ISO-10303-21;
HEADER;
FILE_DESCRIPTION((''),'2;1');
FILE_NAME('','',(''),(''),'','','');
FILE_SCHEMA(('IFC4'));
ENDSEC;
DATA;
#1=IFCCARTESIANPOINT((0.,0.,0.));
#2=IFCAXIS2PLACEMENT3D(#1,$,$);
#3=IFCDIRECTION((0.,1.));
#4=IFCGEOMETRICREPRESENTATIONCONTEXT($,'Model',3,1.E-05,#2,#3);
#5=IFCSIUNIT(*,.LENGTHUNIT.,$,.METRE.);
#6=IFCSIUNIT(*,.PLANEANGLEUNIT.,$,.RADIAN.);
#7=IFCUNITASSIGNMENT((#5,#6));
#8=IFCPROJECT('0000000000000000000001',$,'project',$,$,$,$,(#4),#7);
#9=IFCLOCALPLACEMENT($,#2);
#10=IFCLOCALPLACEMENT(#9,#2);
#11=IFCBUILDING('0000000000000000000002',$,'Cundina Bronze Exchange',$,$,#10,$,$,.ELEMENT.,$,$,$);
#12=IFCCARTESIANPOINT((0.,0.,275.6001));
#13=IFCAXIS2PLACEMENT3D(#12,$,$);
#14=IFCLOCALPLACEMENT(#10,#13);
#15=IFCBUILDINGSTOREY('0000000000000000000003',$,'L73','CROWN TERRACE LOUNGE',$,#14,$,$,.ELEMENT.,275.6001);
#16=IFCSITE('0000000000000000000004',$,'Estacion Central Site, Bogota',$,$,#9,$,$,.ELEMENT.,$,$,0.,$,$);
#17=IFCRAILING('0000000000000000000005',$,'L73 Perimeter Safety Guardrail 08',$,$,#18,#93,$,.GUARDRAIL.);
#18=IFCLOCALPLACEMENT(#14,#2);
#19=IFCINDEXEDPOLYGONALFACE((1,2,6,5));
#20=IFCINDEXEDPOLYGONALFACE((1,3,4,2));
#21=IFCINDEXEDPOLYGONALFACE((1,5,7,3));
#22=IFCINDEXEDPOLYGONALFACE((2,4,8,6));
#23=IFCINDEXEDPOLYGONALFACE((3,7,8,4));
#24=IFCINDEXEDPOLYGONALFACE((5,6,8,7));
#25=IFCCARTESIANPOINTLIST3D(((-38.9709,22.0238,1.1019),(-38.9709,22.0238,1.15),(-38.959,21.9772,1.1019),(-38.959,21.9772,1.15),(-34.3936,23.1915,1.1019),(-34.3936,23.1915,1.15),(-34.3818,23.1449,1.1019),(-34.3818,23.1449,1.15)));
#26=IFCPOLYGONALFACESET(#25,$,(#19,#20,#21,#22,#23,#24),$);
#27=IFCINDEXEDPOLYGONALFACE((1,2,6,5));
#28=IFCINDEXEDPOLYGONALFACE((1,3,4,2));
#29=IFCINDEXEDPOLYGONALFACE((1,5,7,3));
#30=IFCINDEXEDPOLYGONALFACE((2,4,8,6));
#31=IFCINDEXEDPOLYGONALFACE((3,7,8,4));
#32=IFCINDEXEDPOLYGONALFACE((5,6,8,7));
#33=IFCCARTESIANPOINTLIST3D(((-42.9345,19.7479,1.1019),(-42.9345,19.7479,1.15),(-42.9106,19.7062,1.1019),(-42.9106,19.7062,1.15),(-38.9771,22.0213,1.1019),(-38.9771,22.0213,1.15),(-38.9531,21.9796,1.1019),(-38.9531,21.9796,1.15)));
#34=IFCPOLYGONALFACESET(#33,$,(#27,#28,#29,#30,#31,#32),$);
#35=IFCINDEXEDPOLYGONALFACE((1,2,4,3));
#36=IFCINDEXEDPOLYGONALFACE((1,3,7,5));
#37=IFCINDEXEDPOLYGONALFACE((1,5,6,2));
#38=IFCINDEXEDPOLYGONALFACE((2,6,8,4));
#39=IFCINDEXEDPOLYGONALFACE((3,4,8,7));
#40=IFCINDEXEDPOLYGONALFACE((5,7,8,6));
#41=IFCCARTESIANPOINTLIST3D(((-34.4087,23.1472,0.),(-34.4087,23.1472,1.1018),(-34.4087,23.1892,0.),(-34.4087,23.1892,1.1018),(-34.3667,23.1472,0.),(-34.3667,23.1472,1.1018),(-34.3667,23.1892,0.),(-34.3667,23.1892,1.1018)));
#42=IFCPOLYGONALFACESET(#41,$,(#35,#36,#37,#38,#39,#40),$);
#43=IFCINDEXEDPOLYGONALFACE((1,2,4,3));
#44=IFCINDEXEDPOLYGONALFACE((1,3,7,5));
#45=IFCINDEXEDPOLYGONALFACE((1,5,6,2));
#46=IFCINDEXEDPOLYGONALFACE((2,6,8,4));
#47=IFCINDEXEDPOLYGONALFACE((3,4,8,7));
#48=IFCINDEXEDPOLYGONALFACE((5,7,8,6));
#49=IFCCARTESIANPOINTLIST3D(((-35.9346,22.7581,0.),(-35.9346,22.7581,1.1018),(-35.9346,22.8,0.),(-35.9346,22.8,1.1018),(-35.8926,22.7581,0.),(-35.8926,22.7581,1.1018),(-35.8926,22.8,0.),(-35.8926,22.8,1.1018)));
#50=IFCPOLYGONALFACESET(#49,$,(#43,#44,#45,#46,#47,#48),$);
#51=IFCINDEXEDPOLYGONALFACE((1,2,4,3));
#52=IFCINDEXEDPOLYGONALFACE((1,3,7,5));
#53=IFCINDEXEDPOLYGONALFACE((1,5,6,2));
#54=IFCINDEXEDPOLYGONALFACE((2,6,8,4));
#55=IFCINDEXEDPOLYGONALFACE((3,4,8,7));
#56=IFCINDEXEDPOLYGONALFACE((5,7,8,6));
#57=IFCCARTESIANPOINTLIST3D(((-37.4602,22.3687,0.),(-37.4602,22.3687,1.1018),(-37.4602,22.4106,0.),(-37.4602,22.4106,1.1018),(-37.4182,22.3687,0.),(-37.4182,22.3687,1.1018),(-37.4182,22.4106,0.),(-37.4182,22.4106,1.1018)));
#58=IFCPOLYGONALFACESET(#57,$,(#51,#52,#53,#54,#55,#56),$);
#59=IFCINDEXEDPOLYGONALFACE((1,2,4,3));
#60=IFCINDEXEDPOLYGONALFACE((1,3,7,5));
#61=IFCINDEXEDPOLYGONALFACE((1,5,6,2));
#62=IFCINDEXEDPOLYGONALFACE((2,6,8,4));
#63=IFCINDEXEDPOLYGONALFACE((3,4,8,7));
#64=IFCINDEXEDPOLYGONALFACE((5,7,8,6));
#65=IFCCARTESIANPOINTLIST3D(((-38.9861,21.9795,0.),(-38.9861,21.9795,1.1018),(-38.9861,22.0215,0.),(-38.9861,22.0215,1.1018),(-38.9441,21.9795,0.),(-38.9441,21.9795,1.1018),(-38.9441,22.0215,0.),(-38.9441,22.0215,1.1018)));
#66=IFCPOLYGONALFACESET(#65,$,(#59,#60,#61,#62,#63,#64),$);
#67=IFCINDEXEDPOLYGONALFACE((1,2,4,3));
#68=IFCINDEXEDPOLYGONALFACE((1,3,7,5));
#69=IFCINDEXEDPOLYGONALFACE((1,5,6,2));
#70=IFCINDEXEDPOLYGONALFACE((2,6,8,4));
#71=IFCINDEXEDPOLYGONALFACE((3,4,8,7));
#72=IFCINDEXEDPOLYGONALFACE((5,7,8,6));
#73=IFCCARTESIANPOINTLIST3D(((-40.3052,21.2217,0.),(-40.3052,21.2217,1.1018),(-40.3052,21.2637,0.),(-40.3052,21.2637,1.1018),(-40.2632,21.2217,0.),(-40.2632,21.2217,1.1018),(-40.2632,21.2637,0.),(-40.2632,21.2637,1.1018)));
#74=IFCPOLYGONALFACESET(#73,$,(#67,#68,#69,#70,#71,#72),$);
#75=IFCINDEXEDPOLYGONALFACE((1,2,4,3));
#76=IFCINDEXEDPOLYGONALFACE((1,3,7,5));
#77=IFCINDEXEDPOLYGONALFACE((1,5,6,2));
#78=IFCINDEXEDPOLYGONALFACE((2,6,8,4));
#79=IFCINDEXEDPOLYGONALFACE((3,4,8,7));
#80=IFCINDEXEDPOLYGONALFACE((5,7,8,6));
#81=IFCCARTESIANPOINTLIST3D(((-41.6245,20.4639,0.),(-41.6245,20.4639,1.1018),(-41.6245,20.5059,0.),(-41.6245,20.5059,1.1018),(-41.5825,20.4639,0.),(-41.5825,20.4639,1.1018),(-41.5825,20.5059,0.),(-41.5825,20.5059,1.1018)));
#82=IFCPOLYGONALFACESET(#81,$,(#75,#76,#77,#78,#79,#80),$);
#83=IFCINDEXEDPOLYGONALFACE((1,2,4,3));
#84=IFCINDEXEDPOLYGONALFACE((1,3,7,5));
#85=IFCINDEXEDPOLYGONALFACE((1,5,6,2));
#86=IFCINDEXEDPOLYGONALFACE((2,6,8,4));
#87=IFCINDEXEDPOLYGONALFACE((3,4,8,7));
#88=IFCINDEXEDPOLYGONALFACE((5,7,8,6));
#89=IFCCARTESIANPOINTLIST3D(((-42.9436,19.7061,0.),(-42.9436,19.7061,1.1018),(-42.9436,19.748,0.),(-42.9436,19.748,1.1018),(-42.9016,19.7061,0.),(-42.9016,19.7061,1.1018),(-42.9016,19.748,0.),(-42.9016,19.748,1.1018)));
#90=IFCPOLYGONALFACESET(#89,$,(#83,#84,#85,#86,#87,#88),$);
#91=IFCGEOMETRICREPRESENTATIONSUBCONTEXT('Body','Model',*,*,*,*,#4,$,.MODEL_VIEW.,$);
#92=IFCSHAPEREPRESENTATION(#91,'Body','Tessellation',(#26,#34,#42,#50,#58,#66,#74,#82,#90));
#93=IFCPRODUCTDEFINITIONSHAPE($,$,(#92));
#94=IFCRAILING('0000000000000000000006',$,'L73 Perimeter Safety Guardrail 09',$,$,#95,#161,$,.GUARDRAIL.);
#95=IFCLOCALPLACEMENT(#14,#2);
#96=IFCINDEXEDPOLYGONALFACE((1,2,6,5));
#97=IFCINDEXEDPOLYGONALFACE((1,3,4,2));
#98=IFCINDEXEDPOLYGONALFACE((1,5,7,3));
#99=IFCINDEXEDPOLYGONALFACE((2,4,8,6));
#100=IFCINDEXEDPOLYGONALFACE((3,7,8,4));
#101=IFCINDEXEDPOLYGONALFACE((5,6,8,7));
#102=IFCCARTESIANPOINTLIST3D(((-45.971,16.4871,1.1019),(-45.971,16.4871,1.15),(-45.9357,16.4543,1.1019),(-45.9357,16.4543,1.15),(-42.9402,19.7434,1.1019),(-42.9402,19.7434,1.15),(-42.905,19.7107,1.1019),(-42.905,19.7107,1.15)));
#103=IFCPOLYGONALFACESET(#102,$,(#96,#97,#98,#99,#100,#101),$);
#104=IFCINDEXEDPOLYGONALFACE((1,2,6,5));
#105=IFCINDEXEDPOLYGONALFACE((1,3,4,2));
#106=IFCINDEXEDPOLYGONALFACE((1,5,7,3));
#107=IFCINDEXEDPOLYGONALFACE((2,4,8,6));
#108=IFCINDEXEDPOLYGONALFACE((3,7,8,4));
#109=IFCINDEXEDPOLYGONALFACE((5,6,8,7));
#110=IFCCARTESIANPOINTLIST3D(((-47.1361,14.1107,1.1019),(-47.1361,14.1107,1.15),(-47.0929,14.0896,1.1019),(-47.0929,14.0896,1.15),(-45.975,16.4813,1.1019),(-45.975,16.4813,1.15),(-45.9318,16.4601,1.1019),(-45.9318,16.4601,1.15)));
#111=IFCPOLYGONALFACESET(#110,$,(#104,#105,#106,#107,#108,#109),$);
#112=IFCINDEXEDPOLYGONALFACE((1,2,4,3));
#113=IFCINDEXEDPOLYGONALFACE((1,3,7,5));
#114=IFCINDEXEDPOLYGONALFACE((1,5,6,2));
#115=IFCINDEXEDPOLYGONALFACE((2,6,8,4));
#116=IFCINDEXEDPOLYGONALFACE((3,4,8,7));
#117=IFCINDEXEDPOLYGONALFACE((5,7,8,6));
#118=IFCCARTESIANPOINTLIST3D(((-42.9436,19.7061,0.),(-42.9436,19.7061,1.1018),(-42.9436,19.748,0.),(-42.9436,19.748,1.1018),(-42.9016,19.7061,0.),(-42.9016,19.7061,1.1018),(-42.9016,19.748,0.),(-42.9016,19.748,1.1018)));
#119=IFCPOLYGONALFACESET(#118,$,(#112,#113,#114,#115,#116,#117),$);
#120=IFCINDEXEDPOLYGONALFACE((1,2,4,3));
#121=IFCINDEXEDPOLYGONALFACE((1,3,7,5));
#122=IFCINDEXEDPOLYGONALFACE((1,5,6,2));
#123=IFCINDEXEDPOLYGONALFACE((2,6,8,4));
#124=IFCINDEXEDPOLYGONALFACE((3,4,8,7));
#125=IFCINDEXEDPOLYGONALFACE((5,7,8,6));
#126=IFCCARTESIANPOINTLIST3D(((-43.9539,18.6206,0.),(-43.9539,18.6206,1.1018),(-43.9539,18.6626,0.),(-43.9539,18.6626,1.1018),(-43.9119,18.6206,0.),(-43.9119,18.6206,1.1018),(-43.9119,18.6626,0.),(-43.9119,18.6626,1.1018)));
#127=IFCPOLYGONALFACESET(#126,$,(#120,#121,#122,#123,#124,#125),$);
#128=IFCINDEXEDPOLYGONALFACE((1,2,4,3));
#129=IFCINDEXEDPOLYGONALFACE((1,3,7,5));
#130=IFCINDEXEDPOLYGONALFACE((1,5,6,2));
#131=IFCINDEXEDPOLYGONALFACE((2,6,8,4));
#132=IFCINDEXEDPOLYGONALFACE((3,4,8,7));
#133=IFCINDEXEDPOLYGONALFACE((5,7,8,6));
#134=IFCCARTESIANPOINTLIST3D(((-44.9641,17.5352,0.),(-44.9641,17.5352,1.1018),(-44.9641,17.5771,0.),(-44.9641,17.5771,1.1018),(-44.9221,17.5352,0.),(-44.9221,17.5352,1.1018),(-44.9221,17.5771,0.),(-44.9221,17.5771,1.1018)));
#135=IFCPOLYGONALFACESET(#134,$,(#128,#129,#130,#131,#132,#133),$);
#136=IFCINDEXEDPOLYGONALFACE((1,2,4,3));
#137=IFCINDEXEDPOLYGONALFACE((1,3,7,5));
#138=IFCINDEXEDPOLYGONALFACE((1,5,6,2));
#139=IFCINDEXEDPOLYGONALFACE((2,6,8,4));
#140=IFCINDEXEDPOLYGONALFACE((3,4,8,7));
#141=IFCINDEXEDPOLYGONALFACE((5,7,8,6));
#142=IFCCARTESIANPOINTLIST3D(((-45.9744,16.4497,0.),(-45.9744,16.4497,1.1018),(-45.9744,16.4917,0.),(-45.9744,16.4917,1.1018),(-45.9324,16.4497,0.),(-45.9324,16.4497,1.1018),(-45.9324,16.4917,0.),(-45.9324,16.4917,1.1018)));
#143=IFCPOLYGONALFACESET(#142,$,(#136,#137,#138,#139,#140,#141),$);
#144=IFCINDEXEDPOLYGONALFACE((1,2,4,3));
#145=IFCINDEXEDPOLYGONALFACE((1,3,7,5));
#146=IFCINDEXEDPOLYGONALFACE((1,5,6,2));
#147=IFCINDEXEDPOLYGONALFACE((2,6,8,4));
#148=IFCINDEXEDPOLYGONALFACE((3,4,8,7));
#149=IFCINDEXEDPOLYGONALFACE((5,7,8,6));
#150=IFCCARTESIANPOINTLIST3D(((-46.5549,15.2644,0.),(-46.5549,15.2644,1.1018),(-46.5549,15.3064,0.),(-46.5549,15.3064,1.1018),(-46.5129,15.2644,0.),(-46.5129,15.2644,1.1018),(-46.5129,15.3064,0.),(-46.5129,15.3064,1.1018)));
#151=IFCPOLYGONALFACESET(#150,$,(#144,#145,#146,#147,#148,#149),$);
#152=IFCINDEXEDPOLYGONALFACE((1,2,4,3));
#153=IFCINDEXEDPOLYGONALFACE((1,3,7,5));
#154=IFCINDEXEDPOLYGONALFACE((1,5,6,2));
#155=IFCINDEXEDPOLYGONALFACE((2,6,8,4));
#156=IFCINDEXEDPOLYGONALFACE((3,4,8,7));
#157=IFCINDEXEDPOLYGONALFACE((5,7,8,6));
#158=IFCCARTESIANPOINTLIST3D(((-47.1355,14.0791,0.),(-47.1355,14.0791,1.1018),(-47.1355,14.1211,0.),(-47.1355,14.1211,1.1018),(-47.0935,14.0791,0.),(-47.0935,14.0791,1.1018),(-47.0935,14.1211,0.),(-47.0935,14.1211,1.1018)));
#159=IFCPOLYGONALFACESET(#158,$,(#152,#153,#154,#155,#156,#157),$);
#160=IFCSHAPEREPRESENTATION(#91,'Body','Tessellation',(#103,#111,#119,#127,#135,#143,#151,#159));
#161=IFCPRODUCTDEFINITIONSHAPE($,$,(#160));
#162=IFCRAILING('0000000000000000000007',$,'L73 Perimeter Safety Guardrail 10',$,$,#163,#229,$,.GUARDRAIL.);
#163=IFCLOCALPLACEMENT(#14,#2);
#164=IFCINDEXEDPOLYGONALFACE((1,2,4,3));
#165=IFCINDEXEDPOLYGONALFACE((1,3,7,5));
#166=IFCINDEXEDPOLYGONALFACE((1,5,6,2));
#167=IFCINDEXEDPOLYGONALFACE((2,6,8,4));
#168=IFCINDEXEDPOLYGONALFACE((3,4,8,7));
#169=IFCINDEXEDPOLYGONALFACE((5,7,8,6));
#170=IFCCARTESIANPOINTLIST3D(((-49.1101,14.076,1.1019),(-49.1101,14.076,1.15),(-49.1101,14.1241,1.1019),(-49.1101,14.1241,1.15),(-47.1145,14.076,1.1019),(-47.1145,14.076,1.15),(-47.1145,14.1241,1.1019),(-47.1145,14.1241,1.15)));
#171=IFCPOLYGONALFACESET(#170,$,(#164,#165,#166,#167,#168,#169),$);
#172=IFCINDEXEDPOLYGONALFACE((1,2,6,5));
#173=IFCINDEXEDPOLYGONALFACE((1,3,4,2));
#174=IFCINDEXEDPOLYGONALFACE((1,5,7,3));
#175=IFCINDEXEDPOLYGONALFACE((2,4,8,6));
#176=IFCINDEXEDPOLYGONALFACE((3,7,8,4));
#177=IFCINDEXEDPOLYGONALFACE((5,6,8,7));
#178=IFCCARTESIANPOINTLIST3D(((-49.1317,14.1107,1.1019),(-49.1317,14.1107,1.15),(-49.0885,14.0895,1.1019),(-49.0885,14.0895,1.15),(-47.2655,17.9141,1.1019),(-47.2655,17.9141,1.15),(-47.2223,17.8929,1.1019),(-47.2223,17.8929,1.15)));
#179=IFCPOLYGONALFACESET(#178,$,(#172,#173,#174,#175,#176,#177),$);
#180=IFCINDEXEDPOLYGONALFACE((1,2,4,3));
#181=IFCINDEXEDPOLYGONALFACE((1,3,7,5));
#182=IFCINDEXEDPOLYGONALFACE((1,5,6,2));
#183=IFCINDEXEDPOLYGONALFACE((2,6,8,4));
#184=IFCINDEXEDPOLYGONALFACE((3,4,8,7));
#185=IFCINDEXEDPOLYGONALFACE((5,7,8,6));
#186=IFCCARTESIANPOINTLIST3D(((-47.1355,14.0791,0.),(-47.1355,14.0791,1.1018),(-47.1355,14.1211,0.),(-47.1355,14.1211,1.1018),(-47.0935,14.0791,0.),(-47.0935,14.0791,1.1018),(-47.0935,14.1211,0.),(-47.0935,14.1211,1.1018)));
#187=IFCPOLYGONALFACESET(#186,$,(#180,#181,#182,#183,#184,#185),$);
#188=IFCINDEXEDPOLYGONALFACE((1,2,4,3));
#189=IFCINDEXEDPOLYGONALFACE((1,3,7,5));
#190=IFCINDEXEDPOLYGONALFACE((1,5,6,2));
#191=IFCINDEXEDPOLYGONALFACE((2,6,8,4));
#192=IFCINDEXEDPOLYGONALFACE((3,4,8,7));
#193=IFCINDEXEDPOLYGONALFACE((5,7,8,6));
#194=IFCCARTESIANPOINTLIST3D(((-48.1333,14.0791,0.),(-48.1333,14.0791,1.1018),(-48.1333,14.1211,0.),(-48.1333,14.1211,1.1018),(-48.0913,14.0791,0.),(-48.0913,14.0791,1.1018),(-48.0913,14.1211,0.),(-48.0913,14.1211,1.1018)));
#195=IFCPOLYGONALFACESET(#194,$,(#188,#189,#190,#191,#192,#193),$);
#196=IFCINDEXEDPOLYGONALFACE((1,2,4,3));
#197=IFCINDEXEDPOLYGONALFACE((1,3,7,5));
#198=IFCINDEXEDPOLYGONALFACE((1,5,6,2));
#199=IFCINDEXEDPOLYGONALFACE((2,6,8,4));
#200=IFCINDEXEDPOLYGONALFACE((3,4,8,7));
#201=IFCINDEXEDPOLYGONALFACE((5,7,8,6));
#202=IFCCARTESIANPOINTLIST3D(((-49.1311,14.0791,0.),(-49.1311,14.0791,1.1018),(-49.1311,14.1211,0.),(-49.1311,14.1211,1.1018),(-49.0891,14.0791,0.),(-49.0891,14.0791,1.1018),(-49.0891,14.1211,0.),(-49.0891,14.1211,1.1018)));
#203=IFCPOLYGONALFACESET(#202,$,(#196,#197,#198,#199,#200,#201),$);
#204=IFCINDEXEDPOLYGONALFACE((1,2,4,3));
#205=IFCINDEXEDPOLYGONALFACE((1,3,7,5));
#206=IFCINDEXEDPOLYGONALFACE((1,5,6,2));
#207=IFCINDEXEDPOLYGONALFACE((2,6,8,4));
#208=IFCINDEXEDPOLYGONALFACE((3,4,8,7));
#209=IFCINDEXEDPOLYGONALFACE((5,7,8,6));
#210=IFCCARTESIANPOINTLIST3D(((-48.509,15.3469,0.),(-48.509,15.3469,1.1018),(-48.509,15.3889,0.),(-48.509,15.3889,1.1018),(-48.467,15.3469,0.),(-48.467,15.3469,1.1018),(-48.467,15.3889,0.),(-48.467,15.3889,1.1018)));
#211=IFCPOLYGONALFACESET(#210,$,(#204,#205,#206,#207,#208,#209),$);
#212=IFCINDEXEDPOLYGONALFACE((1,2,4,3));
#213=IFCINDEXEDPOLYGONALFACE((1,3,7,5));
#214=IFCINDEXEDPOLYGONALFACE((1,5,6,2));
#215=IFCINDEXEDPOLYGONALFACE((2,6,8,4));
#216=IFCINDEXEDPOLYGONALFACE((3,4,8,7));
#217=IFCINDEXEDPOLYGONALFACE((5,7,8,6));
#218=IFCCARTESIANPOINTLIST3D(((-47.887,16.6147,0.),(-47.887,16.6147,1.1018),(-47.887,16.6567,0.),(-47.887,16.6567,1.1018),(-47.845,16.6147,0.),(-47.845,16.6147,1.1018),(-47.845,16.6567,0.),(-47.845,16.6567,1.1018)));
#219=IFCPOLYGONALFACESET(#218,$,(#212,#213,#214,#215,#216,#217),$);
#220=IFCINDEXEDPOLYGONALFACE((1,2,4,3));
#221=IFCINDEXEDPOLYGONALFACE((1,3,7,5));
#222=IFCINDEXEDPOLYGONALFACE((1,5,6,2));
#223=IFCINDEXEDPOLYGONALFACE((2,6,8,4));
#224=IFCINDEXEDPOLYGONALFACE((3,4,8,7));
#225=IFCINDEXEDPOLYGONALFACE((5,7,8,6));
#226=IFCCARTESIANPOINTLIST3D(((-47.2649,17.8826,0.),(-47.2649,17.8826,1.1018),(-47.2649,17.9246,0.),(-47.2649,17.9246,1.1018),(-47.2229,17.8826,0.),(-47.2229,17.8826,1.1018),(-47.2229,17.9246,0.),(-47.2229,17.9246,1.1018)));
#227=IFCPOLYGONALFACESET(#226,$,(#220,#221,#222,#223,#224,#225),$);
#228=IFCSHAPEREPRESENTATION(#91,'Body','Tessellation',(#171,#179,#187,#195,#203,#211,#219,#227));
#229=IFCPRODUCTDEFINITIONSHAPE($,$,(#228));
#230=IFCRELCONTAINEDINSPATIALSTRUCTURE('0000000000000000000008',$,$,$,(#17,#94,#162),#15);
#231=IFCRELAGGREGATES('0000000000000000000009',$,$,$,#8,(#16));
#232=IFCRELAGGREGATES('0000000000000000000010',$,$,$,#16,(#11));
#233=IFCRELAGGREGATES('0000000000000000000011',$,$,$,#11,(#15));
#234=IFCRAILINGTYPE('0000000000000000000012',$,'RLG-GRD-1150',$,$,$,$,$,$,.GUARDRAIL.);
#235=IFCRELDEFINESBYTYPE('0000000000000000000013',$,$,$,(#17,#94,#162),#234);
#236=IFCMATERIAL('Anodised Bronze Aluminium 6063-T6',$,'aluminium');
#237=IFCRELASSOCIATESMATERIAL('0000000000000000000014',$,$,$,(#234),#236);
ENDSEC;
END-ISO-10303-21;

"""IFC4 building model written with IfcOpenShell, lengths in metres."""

from ifc_helpers import new_model, si_unit, direction, frame, origin, origin_2d, place, context, subcontext, project, spatial, rectangle, extrude, material, type_object, element, save


model = new_model("IFC4")

# Units and contexts
model_context = context("Model", 3, precision=1e-05, world=origin(), true_north=direction((0.0, 1.0)))
body_context = subcontext(model_context, "Body", "Model", "MODEL_VIEW")
ifc_project = project(units=[si_unit("LENGTHUNIT", "METRE"), si_unit("PLANEANGLEUNIT", "RADIAN")], contexts=[model_context])

# Site, building, storey
site_placement = place(None, origin())
site = spatial("IfcSite", under=ifc_project, at=site_placement, Name="Estacion Central Site, Bogota", CompositionType="ELEMENT", RefElevation=0.0)
building_placement = place(site_placement, origin())
building = spatial("IfcBuilding", under=site, at=building_placement, Name="Cundina Bronze Exchange", CompositionType="ELEMENT")
storey_placement = place(building_placement, frame((0.0, 0.0, 275.6001)))
storey = spatial("IfcBuildingStorey", under=building, at=storey_placement, Name="L73", Description="CROWN TERRACE LOUNGE", CompositionType="ELEMENT", Elevation=275.6001)

# Shared definitions
ifc_material_1 = material(Name="Anodised Bronze Aluminium 6063-T6", Category="aluminium")

# Railings
railing_type = type_object("IfcRailingType", Name="RLG-GRD-1150", PredefinedType="GUARDRAIL", material=ifc_material_1)
railing_1_placement = place(storey_placement, frame((-34.3877, 23.1682, 0.0)))
element("IfcRailing", 1, at=railing_1_placement, inside=storey, type_object=railing_type, Name="L73 Perimeter Safety Guardrail 08", PredefinedType="GUARDRAIL", context=body_context, shape_type="SweptSolid", body=[
    extrude(rectangle(XDim=0.0481, YDim=0.0481, at=origin_2d()), frame((0.0, 0.0, 1.126), z_axis=(-0.968967, -0.24719, 0.0), x_axis=(0.24719, -0.968967, 0.0)), (0.0, 0.0, 1.0), 4.7239),
    extrude(rectangle(XDim=0.0481, YDim=0.0481, at=origin_2d()), frame((-4.5774, -1.1677, 1.126), z_axis=(-0.867108, -0.498119, 0.0), x_axis=(0.498119, -0.867108, 0.0)), (0.0, 0.0, 1.0), 4.564),
    extrude(rectangle(XDim=0.042, YDim=0.042, at=origin_2d()), origin(), (0.0, 0.0, 1.0), 1.1018),
    extrude(rectangle(XDim=0.042, YDim=0.042, at=origin_2d()), frame((-1.5259, -0.3892, 0.0)), (0.0, 0.0, 1.0), 1.1018),
    extrude(rectangle(XDim=0.042, YDim=0.042, at=origin_2d()), frame((-3.0515, -0.7786, 0.0)), (0.0, 0.0, 1.0), 1.1018),
    extrude(rectangle(XDim=0.042, YDim=0.042, at=origin_2d()), frame((-4.5774, -1.1677, 0.0)), (0.0, 0.0, 1.0), 1.1018),
    extrude(rectangle(XDim=0.042, YDim=0.042, at=origin_2d()), frame((-5.8965, -1.9255, 0.0)), (0.0, 0.0, 1.0), 1.1018),
    extrude(rectangle(XDim=0.042, YDim=0.042, at=origin_2d()), frame((-7.2158, -2.6833, 0.0)), (0.0, 0.0, 1.0), 1.1018),
    extrude(rectangle(XDim=0.042, YDim=0.042, at=origin_2d()), frame((-8.5349, -3.4412, 0.0)), (0.0, 0.0, 1.0), 1.1018),
])
railing_2_placement = place(storey_placement, frame((-42.9226, 19.7271, 0.0)))
element("IfcRailing", 2, at=railing_2_placement, inside=storey, type_object=railing_type, Name="L73 Perimeter Safety Guardrail 09", PredefinedType="GUARDRAIL", context=body_context, shape_type="SweptSolid", body=[
    extrude(rectangle(XDim=0.0481, YDim=0.0481, at=origin_2d()), frame((0.0, 0.0, 1.126), z_axis=(-0.681297, -0.732007, 0.0), x_axis=(0.732007, -0.681297, 0.0)), (0.0, 0.0, 1.0), 4.4485),
    extrude(rectangle(XDim=0.0481, YDim=0.0481, at=origin_2d()), frame((-3.0308, -3.2563, 1.126), z_axis=(-0.439874, -0.89806, 0.0), x_axis=(0.89806, -0.439874, 0.0)), (0.0, 0.0, 1.0), 2.6396),
    extrude(rectangle(XDim=0.042, YDim=0.042, at=origin_2d()), origin(), (0.0, 0.0, 1.0), 1.1018),
    extrude(rectangle(XDim=0.042, YDim=0.042, at=origin_2d()), frame((-1.0103, -1.0854, 0.0)), (0.0, 0.0, 1.0), 1.1018),
    extrude(rectangle(XDim=0.042, YDim=0.042, at=origin_2d()), frame((-2.0205, -2.1709, 0.0)), (0.0, 0.0, 1.0), 1.1018),
    extrude(rectangle(XDim=0.042, YDim=0.042, at=origin_2d()), frame((-3.0308, -3.2563, 0.0)), (0.0, 0.0, 1.0), 1.1018),
    extrude(rectangle(XDim=0.042, YDim=0.042, at=origin_2d()), frame((-3.6113, -4.4417, 0.0)), (0.0, 0.0, 1.0), 1.1018),
    extrude(rectangle(XDim=0.042, YDim=0.042, at=origin_2d()), frame((-4.1919, -5.627, 0.0)), (0.0, 0.0, 1.0), 1.1018),
])
railing_3_placement = place(storey_placement, frame((-47.1145, 14.1001, 0.0)))
element("IfcRailing", 3, at=railing_3_placement, inside=storey, type_object=railing_type, Name="L73 Perimeter Safety Guardrail 10", PredefinedType="GUARDRAIL", context=body_context, shape_type="SweptSolid", body=[
    extrude(rectangle(XDim=0.0481, YDim=0.0481, at=origin_2d()), frame((0.0, 0.0, 1.126), z_axis=(-1.0, 0.0, 0.0), x_axis=(0.0, -1.0, 0.0)), (0.0, 0.0, 1.0), 1.9956),
    extrude(rectangle(XDim=0.0481, YDim=0.0481, at=origin_2d()), frame((-1.9956, 0.0, 1.126), z_axis=(0.440493, 0.897756, 0.0), x_axis=(-0.897756, 0.440493, 0.0)), (0.0, 0.0, 1.0), 4.2366),
    extrude(rectangle(XDim=0.042, YDim=0.042, at=origin_2d()), origin(), (0.0, 0.0, 1.0), 1.1018),
    extrude(rectangle(XDim=0.042, YDim=0.042, at=origin_2d()), frame((-0.9978, 0.0, 0.0)), (0.0, 0.0, 1.0), 1.1018),
    extrude(rectangle(XDim=0.042, YDim=0.042, at=origin_2d()), frame((-1.9956, 0.0, 0.0)), (0.0, 0.0, 1.0), 1.1018),
    extrude(rectangle(XDim=0.042, YDim=0.042, at=origin_2d()), frame((-1.3735, 1.2678, 0.0)), (0.0, 0.0, 1.0), 1.1018),
    extrude(rectangle(XDim=0.042, YDim=0.042, at=origin_2d()), frame((-0.7515, 2.5356, 0.0)), (0.0, 0.0, 1.0), 1.1018),
    extrude(rectangle(XDim=0.042, YDim=0.042, at=origin_2d()), frame((-0.1294, 3.8035, 0.0)), (0.0, 0.0, 1.0), 1.1018),
])

save(model, "model.ifc")
